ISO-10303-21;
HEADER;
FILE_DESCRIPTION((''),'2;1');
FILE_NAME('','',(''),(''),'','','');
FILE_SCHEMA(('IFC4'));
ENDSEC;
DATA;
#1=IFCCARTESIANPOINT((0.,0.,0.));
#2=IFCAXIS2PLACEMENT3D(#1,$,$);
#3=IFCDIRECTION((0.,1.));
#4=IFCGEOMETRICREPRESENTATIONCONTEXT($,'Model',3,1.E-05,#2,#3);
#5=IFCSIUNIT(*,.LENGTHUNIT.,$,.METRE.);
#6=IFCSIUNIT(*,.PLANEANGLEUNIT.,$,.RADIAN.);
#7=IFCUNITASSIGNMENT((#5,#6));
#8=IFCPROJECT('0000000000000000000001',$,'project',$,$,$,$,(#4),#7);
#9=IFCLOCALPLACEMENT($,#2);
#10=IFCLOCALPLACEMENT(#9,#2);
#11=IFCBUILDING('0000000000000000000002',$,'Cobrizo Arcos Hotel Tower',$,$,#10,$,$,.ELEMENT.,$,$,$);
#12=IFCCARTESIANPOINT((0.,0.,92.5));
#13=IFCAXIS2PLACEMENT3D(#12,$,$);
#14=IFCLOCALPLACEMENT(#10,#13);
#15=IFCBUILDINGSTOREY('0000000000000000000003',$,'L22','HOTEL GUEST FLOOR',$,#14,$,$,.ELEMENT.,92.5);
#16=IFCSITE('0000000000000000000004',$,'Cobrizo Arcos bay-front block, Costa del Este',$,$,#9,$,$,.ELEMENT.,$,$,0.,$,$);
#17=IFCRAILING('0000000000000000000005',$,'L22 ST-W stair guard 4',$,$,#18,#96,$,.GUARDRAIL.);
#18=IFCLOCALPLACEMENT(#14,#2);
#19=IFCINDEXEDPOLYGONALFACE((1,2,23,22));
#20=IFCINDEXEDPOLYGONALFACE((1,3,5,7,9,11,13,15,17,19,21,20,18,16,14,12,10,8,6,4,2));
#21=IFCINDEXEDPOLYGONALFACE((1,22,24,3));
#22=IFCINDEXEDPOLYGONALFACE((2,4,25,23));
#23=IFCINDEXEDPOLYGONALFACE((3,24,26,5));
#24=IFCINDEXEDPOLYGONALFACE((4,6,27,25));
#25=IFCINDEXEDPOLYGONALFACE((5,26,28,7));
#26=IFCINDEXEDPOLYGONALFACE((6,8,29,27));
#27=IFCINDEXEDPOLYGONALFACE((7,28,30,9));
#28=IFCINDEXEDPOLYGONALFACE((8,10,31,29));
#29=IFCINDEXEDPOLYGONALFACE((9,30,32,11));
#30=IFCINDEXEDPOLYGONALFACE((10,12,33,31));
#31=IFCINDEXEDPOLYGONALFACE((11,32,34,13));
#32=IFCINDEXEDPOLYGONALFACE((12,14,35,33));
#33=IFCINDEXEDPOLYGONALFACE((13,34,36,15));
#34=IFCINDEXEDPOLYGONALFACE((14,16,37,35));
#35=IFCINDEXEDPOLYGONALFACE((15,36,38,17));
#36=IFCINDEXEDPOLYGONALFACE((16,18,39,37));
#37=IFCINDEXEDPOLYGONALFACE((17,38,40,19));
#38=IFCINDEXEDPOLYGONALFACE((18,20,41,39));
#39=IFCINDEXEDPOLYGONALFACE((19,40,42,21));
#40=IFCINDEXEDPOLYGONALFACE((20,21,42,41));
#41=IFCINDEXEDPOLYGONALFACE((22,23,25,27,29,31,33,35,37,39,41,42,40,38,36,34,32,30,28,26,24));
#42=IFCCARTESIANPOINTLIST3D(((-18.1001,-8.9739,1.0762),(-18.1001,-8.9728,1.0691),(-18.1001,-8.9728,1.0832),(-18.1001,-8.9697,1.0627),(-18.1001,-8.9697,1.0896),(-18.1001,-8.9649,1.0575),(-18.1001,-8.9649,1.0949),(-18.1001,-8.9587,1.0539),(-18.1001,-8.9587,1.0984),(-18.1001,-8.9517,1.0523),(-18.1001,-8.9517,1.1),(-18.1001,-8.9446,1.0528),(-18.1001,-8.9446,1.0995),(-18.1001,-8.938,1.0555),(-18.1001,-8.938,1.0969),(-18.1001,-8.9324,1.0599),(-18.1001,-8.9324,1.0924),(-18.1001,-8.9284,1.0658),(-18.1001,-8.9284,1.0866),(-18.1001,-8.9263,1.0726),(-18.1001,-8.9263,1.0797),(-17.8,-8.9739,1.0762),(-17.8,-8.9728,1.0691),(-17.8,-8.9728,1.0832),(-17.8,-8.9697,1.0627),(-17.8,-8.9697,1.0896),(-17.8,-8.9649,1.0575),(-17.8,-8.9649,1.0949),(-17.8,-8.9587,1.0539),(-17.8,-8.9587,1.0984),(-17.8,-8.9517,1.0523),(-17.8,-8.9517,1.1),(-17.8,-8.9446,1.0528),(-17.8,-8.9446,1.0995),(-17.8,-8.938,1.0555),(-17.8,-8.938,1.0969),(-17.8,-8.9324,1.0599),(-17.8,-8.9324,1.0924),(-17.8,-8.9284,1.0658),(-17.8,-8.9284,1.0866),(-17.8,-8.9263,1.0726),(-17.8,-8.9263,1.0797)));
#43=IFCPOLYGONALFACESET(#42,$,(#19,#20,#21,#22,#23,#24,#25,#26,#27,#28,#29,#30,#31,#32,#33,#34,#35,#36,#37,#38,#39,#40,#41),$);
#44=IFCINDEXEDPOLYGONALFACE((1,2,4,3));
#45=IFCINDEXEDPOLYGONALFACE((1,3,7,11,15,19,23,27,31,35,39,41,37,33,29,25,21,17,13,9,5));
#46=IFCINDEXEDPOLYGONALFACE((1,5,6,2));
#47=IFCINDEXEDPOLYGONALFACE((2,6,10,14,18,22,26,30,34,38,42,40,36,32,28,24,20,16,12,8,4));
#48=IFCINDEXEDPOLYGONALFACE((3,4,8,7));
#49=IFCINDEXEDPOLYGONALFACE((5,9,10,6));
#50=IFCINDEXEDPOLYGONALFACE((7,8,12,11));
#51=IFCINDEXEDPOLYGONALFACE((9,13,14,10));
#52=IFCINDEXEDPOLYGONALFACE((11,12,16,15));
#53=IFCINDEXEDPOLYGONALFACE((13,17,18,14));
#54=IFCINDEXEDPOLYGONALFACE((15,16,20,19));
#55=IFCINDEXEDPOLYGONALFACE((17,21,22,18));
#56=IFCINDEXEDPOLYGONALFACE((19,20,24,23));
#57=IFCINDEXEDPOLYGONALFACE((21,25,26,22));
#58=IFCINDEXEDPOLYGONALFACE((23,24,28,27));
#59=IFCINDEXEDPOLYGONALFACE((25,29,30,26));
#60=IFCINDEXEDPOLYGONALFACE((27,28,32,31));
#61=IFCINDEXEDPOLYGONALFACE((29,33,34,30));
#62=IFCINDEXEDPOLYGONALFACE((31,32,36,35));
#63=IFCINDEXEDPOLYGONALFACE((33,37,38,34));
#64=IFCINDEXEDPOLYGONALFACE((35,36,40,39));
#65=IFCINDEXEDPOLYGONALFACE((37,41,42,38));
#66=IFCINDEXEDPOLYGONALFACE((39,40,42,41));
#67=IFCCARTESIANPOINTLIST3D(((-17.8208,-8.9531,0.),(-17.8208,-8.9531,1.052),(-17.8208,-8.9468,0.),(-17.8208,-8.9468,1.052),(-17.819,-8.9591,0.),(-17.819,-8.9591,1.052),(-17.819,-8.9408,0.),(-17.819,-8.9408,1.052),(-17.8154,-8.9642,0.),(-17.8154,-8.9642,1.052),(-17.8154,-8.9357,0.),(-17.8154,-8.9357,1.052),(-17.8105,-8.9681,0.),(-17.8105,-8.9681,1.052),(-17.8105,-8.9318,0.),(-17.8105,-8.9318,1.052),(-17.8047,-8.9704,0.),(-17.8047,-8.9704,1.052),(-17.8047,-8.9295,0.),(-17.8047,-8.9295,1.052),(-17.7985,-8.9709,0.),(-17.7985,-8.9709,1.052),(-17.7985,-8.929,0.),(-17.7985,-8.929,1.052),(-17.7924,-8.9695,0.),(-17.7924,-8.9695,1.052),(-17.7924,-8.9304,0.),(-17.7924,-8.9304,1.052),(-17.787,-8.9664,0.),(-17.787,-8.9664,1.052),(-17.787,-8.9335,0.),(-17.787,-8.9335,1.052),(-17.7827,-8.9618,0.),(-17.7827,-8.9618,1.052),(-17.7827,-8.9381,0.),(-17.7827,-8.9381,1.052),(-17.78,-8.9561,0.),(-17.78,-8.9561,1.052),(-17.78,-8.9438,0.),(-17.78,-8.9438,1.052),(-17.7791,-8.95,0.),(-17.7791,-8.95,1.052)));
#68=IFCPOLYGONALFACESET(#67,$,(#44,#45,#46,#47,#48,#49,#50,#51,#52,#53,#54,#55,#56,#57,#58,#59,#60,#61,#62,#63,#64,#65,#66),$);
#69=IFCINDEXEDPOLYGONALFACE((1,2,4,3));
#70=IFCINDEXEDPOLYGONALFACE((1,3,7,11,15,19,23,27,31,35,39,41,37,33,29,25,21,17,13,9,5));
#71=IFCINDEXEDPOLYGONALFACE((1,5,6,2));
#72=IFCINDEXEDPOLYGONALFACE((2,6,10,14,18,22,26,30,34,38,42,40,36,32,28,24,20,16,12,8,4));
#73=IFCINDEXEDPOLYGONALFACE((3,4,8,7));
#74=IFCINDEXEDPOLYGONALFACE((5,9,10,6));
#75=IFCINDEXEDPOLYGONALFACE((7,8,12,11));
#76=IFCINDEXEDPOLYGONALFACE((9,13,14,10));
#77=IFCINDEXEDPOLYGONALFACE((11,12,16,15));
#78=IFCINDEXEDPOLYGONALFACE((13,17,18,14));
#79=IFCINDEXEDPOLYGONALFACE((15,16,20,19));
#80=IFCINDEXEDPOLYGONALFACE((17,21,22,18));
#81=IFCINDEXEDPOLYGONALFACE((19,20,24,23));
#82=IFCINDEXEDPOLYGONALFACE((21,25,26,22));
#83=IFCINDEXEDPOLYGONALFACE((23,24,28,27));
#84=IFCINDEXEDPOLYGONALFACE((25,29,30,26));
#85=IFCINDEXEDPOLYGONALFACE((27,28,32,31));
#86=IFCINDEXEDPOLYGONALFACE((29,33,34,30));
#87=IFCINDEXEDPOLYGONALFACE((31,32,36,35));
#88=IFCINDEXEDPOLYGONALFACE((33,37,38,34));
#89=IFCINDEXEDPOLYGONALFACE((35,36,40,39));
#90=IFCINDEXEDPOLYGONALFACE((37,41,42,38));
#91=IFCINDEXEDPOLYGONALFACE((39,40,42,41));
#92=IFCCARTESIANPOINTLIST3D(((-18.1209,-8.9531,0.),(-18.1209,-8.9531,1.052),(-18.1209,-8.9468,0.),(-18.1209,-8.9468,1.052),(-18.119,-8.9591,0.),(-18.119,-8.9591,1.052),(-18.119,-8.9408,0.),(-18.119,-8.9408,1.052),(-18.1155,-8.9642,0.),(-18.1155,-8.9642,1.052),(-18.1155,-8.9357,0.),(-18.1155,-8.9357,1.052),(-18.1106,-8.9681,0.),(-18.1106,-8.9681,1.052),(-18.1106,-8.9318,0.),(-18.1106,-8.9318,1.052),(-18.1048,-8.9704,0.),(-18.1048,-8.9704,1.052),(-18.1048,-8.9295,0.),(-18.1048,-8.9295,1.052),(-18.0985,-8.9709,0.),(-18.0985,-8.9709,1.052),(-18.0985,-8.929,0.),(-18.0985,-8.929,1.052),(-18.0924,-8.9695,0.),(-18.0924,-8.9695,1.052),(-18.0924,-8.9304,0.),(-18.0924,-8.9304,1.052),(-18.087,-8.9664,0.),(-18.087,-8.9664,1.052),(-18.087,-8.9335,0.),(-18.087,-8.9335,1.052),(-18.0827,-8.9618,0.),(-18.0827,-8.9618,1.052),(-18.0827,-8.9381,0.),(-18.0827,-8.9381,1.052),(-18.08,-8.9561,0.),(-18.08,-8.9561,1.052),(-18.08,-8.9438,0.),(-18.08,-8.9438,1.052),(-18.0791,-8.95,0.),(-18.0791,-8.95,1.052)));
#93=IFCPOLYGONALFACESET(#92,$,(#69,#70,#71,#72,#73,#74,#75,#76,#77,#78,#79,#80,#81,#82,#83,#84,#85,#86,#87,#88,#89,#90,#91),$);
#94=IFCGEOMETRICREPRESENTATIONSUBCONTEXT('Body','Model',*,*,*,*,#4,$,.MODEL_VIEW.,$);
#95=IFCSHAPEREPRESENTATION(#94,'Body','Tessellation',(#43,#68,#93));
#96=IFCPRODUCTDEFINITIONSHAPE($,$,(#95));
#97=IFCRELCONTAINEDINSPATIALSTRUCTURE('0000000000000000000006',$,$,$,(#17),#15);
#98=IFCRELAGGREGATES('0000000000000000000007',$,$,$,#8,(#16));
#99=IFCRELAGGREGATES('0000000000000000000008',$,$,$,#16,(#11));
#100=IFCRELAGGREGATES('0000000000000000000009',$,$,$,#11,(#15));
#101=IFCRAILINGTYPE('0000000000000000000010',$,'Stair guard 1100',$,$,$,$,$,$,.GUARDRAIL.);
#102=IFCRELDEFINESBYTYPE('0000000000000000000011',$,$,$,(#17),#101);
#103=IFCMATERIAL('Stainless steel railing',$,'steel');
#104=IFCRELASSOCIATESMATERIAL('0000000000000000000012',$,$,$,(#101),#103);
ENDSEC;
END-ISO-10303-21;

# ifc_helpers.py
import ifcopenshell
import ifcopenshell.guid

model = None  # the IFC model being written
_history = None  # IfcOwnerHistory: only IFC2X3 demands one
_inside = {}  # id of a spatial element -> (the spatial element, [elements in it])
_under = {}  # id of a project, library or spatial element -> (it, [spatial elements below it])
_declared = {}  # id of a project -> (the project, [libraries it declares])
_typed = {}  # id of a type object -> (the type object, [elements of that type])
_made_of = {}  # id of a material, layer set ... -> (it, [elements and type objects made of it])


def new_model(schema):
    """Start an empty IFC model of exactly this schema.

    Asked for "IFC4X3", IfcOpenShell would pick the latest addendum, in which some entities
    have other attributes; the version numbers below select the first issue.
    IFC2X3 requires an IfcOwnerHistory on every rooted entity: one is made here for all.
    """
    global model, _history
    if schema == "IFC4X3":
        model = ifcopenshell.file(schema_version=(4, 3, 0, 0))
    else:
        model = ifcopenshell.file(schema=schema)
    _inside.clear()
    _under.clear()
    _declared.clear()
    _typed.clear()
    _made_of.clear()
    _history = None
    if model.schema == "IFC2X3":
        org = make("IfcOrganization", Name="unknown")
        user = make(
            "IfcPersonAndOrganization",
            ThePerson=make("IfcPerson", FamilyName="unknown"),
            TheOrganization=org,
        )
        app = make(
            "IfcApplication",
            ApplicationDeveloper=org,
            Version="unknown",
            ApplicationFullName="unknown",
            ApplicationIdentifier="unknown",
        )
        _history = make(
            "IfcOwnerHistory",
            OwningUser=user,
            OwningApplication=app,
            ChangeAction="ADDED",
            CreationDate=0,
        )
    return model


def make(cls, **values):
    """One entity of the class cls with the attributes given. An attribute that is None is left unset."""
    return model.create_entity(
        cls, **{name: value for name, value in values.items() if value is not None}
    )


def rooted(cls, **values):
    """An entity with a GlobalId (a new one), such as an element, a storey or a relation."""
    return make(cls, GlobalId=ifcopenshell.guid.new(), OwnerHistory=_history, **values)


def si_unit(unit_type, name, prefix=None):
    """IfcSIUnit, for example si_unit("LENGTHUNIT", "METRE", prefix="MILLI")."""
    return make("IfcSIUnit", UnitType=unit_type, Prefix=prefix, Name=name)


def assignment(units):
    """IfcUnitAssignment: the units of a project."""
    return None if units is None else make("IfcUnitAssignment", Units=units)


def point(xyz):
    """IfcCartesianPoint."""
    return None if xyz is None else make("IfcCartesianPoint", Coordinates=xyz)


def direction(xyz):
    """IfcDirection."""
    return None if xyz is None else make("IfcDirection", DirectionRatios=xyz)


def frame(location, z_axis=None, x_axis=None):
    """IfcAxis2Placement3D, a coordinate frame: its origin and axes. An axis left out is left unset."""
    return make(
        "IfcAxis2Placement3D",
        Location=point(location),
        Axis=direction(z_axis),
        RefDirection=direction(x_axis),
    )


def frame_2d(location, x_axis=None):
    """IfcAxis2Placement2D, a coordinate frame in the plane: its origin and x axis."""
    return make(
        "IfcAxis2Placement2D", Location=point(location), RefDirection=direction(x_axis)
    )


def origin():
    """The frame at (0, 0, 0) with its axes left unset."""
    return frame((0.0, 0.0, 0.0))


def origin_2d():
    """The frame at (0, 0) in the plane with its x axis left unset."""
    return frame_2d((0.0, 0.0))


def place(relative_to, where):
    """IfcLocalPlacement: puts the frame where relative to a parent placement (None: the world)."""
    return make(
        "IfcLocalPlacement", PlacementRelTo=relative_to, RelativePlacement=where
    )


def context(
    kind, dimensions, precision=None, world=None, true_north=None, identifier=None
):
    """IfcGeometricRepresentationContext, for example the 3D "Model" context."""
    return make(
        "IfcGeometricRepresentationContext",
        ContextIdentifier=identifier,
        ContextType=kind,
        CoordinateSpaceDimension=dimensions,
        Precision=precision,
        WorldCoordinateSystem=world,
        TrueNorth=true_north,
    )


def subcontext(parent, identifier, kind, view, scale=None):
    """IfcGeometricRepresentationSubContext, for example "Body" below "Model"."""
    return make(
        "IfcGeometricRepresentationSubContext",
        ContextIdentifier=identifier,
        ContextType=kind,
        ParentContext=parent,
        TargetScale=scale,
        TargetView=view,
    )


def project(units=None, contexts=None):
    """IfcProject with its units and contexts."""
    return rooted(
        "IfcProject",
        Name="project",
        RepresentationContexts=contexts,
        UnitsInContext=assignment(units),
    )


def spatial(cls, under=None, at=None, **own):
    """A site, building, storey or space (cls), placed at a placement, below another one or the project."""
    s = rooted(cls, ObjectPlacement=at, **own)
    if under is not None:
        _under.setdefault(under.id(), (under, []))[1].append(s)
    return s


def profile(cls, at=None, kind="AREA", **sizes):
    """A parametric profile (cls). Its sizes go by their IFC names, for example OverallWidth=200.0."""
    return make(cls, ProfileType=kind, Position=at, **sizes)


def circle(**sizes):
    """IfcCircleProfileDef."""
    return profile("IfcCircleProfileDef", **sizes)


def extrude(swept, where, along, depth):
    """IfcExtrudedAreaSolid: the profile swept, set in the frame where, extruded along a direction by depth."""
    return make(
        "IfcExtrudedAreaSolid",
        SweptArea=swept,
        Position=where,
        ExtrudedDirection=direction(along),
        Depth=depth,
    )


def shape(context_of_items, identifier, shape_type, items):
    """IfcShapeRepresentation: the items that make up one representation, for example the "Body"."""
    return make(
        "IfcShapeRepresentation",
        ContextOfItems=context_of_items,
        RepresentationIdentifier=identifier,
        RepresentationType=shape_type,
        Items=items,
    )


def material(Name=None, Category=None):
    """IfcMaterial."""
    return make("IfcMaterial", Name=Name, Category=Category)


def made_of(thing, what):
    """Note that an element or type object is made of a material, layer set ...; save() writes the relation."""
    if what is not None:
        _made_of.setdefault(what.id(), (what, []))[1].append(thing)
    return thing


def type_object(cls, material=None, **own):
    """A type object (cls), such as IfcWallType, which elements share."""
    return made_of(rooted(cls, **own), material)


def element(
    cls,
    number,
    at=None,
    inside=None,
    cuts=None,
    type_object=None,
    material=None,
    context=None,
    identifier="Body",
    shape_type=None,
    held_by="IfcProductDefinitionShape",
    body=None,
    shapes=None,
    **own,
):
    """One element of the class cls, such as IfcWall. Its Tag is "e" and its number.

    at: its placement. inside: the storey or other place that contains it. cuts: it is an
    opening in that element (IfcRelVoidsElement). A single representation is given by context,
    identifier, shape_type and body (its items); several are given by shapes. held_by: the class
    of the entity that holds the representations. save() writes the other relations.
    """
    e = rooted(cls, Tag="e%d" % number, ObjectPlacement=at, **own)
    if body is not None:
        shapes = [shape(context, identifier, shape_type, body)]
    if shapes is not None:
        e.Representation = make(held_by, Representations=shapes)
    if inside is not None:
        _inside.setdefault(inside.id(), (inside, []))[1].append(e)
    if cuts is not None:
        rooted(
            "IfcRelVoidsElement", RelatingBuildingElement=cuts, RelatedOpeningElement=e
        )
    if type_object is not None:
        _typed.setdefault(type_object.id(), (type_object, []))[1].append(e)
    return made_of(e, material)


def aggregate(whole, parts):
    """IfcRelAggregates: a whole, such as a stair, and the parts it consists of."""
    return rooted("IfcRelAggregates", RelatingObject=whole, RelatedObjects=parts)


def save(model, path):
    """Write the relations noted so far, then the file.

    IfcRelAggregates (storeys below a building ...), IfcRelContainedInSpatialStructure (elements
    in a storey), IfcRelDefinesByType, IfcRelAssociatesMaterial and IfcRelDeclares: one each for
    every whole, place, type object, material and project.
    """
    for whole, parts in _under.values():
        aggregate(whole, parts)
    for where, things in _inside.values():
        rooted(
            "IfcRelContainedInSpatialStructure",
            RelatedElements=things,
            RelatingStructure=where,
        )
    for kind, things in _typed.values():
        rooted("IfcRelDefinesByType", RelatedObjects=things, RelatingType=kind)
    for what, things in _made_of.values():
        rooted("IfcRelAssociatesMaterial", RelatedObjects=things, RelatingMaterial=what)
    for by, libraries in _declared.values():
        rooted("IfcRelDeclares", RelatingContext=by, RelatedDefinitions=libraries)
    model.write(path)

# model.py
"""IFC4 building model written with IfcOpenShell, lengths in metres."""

from ifc_helpers import new_model, si_unit, direction, frame, origin, origin_2d, place, context, subcontext, project, spatial, circle, extrude, material, type_object, element, save


model = new_model("IFC4")

# Units and contexts
model_context = context("Model", 3, precision=1e-05, world=origin(), true_north=direction((0.0, 1.0)))
body_context = subcontext(model_context, "Body", "Model", "MODEL_VIEW")
ifc_project = project(units=[si_unit("LENGTHUNIT", "METRE"), si_unit("PLANEANGLEUNIT", "RADIAN")], contexts=[model_context])

# Site, building, storey
site_placement = place(None, origin())
site = spatial("IfcSite", under=ifc_project, at=site_placement, Name="Cobrizo Arcos bay-front block, Costa del Este", CompositionType="ELEMENT", RefElevation=0.0)
building_placement = place(site_placement, origin())
building = spatial("IfcBuilding", under=site, at=building_placement, Name="Cobrizo Arcos Hotel Tower", CompositionType="ELEMENT")
storey_placement = place(building_placement, frame((0.0, 0.0, 92.5)))
storey = spatial("IfcBuildingStorey", under=building, at=storey_placement, Name="L22", Description="HOTEL GUEST FLOOR", CompositionType="ELEMENT", Elevation=92.5)

# Railing
ifc_material_1 = material(Name="Stainless steel railing", Category="steel")
railing_type_1 = type_object("IfcRailingType", Name="Stair guard 1100", PredefinedType="GUARDRAIL", material=ifc_material_1)
railing_1_placement = place(storey_placement, frame((-17.8, -8.95, 0.0)))
element("IfcRailing", 1, at=railing_1_placement, inside=storey, type_object=railing_type_1, Name="L22 ST-W stair guard 4", PredefinedType="GUARDRAIL", context=body_context, shape_type="SweptSolid", body=[
    extrude(circle(Radius=0.0239, at=origin_2d()), frame((0.0, 0.0, 1.0762), z_axis=(-1.0, 0.0, 0.0), x_axis=(0.0, -1.0, 0.0)), (0.0, 0.0, 1.0), 0.3),
    extrude(circle(Radius=0.021, at=origin_2d()), origin(), (0.0, 0.0, 1.0), 1.052),
    extrude(circle(Radius=0.021, at=origin_2d()), frame((-0.3, 0.0, 0.0)), (0.0, 0.0, 1.0), 1.052),
])

save(model, "model.ifc")
